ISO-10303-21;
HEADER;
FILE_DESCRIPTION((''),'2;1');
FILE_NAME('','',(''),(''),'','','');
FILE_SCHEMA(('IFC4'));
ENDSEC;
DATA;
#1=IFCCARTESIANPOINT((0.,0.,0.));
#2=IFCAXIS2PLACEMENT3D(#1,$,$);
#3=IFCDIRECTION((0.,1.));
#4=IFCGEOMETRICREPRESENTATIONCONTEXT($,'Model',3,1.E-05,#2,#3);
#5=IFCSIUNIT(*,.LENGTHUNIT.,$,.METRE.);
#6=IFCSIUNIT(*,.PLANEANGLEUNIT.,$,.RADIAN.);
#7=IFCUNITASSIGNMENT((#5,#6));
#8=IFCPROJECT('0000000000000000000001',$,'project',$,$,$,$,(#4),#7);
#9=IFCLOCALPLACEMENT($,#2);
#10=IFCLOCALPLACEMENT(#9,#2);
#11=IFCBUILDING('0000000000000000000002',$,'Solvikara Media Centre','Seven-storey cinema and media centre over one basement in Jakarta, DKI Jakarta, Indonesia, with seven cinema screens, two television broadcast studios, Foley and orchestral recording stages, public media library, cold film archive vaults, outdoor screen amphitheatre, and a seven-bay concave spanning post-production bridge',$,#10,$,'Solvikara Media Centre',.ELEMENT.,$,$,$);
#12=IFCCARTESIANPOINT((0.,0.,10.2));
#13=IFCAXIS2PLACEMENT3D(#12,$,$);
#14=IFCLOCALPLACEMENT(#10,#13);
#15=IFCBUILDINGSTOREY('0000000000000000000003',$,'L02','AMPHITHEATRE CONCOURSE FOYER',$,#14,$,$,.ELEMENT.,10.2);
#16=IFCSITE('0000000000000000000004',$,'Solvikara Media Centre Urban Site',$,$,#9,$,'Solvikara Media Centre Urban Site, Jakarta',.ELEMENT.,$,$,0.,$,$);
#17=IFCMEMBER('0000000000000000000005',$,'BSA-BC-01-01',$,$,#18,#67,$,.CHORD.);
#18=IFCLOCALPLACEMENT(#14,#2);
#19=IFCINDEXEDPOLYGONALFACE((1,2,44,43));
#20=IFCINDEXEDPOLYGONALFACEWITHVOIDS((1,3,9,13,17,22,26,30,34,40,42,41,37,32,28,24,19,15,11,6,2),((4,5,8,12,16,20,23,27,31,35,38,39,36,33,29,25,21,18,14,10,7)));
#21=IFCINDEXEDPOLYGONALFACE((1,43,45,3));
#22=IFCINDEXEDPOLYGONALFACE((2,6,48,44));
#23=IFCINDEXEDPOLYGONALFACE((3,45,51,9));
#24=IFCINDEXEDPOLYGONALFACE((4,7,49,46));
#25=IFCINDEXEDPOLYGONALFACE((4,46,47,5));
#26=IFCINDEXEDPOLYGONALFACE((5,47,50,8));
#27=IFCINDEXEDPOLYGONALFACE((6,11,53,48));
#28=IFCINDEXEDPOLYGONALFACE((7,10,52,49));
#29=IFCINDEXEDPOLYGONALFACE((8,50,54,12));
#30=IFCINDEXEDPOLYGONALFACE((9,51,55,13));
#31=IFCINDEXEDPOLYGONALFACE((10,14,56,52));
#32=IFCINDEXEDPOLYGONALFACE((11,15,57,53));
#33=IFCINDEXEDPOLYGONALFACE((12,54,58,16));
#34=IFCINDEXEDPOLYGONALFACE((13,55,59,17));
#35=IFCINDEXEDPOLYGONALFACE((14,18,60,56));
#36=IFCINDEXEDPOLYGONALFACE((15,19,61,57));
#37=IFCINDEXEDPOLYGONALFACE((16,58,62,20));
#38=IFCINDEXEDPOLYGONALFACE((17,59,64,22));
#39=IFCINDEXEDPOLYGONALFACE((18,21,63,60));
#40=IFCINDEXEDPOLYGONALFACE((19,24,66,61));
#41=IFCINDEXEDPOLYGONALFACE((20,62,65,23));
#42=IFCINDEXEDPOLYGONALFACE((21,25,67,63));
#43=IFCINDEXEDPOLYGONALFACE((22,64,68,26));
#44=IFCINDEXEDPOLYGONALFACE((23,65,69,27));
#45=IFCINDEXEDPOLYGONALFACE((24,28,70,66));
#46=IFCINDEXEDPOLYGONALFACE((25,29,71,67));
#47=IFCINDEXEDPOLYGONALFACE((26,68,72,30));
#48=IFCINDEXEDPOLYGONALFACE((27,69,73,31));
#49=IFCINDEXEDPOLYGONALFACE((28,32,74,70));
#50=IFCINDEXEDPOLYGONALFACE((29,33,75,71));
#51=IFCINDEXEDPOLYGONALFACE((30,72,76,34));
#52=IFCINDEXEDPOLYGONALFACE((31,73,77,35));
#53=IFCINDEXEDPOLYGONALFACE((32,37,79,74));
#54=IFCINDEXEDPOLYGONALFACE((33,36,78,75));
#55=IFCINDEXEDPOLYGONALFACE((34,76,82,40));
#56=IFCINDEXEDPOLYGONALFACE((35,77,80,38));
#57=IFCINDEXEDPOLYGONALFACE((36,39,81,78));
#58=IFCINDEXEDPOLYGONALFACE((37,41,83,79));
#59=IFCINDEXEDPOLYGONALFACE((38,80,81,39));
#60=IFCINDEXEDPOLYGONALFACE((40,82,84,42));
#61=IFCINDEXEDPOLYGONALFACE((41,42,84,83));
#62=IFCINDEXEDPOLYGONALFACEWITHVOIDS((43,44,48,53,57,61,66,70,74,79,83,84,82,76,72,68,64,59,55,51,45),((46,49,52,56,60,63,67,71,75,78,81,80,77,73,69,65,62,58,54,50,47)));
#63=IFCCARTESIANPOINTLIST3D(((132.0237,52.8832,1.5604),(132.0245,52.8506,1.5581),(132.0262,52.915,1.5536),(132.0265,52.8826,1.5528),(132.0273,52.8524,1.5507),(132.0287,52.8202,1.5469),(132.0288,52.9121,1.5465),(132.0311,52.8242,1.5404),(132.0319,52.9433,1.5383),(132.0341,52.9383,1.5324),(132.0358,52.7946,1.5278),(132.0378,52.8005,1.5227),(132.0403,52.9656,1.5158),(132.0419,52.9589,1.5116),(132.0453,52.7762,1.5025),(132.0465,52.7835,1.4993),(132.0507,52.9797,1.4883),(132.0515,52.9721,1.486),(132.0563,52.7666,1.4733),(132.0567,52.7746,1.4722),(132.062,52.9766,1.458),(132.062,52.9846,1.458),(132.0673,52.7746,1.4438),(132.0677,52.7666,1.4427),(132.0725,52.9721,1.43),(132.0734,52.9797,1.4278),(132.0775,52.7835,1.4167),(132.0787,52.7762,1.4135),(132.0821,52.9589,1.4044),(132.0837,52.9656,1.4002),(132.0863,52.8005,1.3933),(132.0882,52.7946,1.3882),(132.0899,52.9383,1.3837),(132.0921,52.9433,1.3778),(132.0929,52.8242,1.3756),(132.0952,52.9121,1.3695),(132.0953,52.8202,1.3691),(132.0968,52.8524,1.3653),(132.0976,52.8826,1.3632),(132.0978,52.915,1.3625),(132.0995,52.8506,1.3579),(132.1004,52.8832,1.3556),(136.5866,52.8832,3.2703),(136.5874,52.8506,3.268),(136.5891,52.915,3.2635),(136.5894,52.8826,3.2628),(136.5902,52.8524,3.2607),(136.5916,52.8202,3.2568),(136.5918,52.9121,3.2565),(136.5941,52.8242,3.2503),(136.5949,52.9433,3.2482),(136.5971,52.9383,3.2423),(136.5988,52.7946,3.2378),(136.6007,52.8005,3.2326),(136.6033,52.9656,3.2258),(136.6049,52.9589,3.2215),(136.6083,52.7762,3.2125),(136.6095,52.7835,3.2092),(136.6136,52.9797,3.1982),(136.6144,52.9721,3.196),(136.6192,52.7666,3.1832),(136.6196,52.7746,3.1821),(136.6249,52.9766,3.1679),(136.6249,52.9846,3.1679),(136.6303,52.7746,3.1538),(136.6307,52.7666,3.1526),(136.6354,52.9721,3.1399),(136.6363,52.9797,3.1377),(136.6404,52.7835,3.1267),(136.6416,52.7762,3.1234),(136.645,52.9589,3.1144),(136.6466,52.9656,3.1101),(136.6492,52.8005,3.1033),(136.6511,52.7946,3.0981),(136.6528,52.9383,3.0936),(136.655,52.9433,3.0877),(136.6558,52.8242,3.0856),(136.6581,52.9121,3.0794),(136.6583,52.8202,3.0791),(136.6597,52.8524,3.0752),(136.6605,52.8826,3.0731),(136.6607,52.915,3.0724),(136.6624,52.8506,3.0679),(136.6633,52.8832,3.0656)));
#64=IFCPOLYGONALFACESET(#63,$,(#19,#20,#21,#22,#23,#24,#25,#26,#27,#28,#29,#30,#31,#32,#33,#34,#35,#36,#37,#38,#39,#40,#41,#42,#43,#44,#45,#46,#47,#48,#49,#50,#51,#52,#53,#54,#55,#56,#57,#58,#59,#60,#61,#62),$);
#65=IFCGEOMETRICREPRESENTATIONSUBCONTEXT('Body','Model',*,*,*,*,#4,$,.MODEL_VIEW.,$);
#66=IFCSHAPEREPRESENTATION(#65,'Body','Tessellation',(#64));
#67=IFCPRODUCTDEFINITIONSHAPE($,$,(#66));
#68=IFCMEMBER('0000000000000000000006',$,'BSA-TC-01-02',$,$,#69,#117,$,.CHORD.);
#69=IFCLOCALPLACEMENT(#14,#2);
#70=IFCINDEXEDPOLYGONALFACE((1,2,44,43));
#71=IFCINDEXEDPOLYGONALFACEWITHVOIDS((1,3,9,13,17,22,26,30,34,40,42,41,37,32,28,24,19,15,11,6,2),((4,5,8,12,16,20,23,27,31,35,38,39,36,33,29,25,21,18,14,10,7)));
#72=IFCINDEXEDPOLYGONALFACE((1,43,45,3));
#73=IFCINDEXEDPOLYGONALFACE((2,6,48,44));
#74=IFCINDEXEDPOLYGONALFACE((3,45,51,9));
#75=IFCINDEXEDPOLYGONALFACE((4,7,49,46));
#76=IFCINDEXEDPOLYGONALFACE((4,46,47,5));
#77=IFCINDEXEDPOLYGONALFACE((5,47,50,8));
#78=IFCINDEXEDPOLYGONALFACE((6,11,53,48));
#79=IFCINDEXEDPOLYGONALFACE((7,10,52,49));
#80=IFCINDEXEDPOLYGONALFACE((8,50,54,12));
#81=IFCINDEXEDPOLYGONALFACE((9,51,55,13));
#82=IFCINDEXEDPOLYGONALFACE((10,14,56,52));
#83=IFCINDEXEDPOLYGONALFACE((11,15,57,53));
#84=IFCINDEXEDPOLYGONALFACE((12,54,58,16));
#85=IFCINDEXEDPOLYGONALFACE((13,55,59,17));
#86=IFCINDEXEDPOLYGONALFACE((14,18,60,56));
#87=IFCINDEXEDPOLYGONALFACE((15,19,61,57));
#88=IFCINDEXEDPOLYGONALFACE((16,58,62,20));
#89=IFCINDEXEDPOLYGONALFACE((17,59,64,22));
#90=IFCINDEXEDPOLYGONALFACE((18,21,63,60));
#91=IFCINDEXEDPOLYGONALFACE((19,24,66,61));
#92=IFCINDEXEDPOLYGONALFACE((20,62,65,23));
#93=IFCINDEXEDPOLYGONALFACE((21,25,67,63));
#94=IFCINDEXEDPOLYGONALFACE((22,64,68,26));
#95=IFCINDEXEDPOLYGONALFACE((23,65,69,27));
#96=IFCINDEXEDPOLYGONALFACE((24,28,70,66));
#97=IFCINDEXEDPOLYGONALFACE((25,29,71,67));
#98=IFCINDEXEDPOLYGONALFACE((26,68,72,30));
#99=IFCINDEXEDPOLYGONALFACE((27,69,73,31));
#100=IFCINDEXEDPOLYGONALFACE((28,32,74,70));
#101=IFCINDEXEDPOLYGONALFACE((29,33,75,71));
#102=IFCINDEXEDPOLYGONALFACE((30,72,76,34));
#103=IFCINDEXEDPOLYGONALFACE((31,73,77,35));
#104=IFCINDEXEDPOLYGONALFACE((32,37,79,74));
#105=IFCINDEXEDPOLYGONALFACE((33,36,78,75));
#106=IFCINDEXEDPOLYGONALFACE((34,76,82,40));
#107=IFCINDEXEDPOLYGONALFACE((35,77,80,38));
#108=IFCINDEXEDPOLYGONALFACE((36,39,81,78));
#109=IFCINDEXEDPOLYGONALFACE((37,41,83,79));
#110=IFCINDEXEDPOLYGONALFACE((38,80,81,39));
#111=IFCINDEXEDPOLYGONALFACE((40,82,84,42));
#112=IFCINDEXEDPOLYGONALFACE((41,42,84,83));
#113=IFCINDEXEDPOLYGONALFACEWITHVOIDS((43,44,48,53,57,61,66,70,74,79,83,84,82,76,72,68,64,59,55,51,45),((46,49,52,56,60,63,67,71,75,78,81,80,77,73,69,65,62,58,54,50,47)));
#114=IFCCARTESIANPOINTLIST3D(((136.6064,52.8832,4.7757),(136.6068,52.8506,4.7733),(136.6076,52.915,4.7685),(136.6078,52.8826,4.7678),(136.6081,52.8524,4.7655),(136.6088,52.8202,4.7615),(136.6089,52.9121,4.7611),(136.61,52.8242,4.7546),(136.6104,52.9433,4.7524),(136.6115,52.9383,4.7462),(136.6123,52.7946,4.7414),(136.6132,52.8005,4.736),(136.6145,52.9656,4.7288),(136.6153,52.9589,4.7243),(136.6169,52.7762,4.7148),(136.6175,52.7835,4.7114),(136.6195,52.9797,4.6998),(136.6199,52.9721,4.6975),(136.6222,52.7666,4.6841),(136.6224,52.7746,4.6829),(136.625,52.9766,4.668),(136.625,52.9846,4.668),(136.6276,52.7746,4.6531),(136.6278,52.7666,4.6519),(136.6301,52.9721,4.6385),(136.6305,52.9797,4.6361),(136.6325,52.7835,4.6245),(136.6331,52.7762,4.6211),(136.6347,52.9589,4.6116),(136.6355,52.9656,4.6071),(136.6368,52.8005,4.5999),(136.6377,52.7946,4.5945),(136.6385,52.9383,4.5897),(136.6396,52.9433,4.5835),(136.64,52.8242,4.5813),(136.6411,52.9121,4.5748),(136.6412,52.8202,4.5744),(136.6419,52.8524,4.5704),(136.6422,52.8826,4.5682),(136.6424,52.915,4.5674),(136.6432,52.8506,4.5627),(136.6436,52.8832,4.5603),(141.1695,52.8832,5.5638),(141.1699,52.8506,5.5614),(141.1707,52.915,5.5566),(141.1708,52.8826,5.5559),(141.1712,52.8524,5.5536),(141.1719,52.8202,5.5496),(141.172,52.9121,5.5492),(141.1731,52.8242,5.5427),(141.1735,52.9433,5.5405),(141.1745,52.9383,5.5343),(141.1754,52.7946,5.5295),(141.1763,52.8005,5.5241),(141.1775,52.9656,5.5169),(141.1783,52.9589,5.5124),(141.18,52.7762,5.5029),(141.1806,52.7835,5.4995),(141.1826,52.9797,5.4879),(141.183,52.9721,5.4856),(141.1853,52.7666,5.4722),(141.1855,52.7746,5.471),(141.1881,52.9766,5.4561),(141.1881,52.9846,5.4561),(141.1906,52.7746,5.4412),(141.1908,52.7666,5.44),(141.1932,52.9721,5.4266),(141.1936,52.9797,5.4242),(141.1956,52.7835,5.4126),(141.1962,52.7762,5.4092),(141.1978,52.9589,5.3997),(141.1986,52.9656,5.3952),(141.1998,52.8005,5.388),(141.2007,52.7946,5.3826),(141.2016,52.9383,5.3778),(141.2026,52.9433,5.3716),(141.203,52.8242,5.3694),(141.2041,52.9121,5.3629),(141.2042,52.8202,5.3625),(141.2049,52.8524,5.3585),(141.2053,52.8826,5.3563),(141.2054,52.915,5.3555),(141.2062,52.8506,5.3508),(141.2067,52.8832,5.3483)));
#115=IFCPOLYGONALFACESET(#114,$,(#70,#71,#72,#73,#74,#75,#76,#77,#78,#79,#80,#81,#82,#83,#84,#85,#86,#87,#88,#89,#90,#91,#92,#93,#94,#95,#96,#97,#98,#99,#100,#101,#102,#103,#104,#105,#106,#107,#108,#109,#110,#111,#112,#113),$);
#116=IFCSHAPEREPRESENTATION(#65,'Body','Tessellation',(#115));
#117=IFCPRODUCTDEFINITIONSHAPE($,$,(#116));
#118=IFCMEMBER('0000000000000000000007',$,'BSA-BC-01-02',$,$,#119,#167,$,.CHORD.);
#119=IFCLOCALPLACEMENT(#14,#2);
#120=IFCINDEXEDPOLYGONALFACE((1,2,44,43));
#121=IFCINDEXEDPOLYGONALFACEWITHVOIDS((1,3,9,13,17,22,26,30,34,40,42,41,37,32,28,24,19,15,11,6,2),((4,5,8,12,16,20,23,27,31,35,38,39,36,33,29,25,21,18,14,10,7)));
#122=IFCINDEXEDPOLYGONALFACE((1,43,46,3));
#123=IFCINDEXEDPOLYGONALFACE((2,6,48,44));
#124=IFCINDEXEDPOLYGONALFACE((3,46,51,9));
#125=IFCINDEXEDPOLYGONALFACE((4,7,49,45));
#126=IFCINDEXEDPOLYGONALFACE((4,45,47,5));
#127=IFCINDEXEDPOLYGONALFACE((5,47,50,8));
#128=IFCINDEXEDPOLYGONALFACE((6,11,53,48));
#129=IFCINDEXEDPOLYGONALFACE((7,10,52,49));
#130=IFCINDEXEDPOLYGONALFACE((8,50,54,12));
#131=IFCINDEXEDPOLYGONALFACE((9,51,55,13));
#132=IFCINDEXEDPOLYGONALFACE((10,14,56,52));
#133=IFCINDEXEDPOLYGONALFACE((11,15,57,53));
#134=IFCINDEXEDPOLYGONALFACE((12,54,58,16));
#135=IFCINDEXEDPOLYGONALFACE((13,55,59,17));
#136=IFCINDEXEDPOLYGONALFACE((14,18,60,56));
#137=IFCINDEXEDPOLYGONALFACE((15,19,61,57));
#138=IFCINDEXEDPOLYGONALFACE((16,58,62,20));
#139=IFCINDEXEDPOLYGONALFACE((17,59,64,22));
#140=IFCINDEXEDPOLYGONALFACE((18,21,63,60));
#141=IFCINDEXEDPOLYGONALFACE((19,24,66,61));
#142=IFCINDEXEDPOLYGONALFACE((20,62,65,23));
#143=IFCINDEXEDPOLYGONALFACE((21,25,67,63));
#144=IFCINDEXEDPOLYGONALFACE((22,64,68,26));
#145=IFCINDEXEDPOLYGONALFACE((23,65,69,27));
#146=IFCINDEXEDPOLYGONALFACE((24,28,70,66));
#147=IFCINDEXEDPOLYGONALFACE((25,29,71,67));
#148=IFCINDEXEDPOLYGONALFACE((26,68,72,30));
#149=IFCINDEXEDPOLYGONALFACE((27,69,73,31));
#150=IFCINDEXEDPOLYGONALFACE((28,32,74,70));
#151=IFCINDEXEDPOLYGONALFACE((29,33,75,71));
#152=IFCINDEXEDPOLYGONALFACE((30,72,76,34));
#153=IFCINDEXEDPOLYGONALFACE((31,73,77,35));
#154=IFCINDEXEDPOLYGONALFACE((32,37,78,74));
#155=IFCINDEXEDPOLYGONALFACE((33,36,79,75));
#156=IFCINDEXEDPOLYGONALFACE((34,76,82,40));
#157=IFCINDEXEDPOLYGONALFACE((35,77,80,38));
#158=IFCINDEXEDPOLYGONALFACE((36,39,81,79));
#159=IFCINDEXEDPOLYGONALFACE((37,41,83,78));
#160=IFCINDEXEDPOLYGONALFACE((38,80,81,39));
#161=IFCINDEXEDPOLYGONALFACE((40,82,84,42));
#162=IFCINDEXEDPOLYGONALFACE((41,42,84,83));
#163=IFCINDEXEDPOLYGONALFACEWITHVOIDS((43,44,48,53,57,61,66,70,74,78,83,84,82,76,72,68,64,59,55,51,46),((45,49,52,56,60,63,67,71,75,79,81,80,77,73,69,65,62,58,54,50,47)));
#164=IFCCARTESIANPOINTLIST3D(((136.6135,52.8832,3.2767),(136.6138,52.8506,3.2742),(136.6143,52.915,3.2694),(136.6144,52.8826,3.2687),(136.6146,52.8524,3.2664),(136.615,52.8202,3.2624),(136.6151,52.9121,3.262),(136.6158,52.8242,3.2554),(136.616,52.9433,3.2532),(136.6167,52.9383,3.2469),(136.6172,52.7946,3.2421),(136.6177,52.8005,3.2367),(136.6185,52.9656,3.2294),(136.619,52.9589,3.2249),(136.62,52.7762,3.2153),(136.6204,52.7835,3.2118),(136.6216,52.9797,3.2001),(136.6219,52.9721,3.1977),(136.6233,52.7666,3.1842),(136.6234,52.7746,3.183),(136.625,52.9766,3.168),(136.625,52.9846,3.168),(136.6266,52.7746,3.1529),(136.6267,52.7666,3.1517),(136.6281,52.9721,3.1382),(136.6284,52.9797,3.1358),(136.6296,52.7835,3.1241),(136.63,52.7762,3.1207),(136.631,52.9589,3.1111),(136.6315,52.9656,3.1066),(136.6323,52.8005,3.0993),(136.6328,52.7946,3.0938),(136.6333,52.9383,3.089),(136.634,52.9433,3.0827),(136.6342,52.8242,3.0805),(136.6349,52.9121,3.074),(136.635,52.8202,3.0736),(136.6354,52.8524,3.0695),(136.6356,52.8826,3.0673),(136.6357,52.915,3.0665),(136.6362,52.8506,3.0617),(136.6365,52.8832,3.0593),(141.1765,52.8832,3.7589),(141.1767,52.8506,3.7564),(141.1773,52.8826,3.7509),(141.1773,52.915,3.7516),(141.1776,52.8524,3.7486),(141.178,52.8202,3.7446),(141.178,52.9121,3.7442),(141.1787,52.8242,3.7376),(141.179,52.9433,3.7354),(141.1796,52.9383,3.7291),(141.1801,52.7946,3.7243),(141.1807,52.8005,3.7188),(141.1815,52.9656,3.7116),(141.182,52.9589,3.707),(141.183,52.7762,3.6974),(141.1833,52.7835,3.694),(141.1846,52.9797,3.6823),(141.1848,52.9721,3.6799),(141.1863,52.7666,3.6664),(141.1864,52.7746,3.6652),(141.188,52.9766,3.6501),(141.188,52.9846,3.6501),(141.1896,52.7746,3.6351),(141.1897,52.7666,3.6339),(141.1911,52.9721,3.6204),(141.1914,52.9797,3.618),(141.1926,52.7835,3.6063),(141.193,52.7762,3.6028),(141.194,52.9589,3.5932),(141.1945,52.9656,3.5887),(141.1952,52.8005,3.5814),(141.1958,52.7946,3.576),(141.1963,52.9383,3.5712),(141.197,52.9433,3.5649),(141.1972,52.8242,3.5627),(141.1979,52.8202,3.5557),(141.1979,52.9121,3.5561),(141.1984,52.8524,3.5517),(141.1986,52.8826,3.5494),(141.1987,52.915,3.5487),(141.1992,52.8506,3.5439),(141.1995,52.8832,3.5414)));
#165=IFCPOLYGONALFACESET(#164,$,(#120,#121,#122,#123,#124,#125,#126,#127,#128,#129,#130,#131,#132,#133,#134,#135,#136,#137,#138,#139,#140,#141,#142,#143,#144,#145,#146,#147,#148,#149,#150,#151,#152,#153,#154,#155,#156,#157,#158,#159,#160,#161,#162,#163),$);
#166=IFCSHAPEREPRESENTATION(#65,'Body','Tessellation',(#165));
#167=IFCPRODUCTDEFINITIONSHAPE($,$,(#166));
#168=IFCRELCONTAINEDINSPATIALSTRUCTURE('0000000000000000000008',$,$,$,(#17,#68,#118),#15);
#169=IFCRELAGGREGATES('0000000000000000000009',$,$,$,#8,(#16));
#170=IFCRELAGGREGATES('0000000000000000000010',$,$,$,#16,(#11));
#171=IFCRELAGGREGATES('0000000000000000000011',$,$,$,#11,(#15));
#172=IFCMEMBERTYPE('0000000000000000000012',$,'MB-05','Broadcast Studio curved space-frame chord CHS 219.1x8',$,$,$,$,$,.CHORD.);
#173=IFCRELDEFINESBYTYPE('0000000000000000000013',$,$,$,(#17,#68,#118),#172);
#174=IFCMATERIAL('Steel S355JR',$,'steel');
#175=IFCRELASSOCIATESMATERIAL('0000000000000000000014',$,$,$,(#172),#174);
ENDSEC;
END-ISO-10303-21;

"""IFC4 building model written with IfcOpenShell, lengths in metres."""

from ifc_helpers import new_model, si_unit, direction, frame, origin, origin_2d, place, context, subcontext, project, spatial, hollow_circle, extrude, material, material_profile, profile_set, type_object, element, save


model = new_model("IFC4")

# Units and contexts
model_context = context("Model", 3, precision=1e-05, world=origin(), true_north=direction((0.0, 1.0)))
body_context = subcontext(model_context, "Body", "Model", "MODEL_VIEW")
ifc_project = project(units=[si_unit("LENGTHUNIT", "METRE"), si_unit("PLANEANGLEUNIT", "RADIAN")], contexts=[model_context])

# Site, building, storey
site_placement = place(None, origin())
site = spatial("IfcSite", under=ifc_project, at=site_placement, Name="Solvikara Media Centre Urban Site", LongName="Solvikara Media Centre Urban Site, Jakarta", CompositionType="ELEMENT", RefElevation=0.0)
building_placement = place(site_placement, origin())
building = spatial("IfcBuilding", under=site, at=building_placement, Name="Solvikara Media Centre", Description="Seven-storey cinema and media centre over one basement in Jakarta, DKI Jakarta, Indonesia, with seven cinema screens, two television broadcast studios, Foley and orchestral recording stages, public media library, cold film archive vaults, outdoor screen amphitheatre, and a seven-bay concave spanning post-production bridge", LongName="Solvikara Media Centre", CompositionType="ELEMENT")
storey_placement = place(building_placement, frame((0.0, 0.0, 10.2)))
storey = spatial("IfcBuildingStorey", under=building, at=storey_placement, Name="L02", Description="AMPHITHEATRE CONCOURSE FOYER", CompositionType="ELEMENT", Elevation=10.2)

# Members
ifc_material_1 = material(Name="Steel S355JR", Category="steel")
ifc_material_profile_1 = material_profile(ifc_material_1, hollow_circle(Radius=0.1096, WallThickness=0.0081, at=origin_2d()), Name="CHS 219.1x8")
ifc_profile_set_1 = profile_set([ifc_material_profile_1], Name="Steel S355JR")
member_type_1 = type_object("IfcMemberType", Name="MB-05", Description="Broadcast Studio curved space-frame chord CHS 219.1x8", PredefinedType="CHORD", material=ifc_profile_set_1)
for number, where, z_axis, x_axis, name in (
    (1, (132.062, 52.875, 1.458), (0.936407, 0.0, 0.350915), (0.0, 1.0, 0.0), "BSA-BC-01-01"),
):
    element("IfcMember", number, at=place(storey_placement, frame(where, z_axis=z_axis, x_axis=x_axis)), inside=storey, type_object=member_type_1, Name=name, PredefinedType="CHORD", context=body_context, shape_type="SweptSolid", body=[
        extrude(hollow_circle(Radius=0.1096, WallThickness=0.0081, at=origin_2d()), origin(), (0.0, 0.0, 1.0), 4.8728),
    ])
member_1_placement = place(storey_placement, frame((136.625, 52.875, 4.668), z_axis=(0.985411, 0.0, 0.170193), x_axis=(0.0, 1.0, 0.0)))
element("IfcMember", 2, at=member_1_placement, inside=storey, type_object=member_type_1, Name="BSA-TC-01-02", PredefinedType="CHORD", context=body_context, shape_type="SweptSolid", body=[
    extrude(hollow_circle(Radius=0.1096, WallThickness=0.0081, at=origin_2d()), origin(), (0.0, 0.0, 1.0), 4.6306),
])
member_2_placement = place(storey_placement, frame((136.625, 52.875, 3.168), z_axis=(0.994463, 0.0, 0.105086), x_axis=(0.0, 1.0, 0.0)))
element("IfcMember", 3, at=member_2_placement, inside=storey, type_object=member_type_1, Name="BSA-BC-01-02", PredefinedType="CHORD", context=body_context, shape_type="SweptSolid", body=[
    extrude(hollow_circle(Radius=0.1096, WallThickness=0.0081, at=origin_2d()), origin(), (0.0, 0.0, 1.0), 4.5884),
])

save(model, "model.ifc")
